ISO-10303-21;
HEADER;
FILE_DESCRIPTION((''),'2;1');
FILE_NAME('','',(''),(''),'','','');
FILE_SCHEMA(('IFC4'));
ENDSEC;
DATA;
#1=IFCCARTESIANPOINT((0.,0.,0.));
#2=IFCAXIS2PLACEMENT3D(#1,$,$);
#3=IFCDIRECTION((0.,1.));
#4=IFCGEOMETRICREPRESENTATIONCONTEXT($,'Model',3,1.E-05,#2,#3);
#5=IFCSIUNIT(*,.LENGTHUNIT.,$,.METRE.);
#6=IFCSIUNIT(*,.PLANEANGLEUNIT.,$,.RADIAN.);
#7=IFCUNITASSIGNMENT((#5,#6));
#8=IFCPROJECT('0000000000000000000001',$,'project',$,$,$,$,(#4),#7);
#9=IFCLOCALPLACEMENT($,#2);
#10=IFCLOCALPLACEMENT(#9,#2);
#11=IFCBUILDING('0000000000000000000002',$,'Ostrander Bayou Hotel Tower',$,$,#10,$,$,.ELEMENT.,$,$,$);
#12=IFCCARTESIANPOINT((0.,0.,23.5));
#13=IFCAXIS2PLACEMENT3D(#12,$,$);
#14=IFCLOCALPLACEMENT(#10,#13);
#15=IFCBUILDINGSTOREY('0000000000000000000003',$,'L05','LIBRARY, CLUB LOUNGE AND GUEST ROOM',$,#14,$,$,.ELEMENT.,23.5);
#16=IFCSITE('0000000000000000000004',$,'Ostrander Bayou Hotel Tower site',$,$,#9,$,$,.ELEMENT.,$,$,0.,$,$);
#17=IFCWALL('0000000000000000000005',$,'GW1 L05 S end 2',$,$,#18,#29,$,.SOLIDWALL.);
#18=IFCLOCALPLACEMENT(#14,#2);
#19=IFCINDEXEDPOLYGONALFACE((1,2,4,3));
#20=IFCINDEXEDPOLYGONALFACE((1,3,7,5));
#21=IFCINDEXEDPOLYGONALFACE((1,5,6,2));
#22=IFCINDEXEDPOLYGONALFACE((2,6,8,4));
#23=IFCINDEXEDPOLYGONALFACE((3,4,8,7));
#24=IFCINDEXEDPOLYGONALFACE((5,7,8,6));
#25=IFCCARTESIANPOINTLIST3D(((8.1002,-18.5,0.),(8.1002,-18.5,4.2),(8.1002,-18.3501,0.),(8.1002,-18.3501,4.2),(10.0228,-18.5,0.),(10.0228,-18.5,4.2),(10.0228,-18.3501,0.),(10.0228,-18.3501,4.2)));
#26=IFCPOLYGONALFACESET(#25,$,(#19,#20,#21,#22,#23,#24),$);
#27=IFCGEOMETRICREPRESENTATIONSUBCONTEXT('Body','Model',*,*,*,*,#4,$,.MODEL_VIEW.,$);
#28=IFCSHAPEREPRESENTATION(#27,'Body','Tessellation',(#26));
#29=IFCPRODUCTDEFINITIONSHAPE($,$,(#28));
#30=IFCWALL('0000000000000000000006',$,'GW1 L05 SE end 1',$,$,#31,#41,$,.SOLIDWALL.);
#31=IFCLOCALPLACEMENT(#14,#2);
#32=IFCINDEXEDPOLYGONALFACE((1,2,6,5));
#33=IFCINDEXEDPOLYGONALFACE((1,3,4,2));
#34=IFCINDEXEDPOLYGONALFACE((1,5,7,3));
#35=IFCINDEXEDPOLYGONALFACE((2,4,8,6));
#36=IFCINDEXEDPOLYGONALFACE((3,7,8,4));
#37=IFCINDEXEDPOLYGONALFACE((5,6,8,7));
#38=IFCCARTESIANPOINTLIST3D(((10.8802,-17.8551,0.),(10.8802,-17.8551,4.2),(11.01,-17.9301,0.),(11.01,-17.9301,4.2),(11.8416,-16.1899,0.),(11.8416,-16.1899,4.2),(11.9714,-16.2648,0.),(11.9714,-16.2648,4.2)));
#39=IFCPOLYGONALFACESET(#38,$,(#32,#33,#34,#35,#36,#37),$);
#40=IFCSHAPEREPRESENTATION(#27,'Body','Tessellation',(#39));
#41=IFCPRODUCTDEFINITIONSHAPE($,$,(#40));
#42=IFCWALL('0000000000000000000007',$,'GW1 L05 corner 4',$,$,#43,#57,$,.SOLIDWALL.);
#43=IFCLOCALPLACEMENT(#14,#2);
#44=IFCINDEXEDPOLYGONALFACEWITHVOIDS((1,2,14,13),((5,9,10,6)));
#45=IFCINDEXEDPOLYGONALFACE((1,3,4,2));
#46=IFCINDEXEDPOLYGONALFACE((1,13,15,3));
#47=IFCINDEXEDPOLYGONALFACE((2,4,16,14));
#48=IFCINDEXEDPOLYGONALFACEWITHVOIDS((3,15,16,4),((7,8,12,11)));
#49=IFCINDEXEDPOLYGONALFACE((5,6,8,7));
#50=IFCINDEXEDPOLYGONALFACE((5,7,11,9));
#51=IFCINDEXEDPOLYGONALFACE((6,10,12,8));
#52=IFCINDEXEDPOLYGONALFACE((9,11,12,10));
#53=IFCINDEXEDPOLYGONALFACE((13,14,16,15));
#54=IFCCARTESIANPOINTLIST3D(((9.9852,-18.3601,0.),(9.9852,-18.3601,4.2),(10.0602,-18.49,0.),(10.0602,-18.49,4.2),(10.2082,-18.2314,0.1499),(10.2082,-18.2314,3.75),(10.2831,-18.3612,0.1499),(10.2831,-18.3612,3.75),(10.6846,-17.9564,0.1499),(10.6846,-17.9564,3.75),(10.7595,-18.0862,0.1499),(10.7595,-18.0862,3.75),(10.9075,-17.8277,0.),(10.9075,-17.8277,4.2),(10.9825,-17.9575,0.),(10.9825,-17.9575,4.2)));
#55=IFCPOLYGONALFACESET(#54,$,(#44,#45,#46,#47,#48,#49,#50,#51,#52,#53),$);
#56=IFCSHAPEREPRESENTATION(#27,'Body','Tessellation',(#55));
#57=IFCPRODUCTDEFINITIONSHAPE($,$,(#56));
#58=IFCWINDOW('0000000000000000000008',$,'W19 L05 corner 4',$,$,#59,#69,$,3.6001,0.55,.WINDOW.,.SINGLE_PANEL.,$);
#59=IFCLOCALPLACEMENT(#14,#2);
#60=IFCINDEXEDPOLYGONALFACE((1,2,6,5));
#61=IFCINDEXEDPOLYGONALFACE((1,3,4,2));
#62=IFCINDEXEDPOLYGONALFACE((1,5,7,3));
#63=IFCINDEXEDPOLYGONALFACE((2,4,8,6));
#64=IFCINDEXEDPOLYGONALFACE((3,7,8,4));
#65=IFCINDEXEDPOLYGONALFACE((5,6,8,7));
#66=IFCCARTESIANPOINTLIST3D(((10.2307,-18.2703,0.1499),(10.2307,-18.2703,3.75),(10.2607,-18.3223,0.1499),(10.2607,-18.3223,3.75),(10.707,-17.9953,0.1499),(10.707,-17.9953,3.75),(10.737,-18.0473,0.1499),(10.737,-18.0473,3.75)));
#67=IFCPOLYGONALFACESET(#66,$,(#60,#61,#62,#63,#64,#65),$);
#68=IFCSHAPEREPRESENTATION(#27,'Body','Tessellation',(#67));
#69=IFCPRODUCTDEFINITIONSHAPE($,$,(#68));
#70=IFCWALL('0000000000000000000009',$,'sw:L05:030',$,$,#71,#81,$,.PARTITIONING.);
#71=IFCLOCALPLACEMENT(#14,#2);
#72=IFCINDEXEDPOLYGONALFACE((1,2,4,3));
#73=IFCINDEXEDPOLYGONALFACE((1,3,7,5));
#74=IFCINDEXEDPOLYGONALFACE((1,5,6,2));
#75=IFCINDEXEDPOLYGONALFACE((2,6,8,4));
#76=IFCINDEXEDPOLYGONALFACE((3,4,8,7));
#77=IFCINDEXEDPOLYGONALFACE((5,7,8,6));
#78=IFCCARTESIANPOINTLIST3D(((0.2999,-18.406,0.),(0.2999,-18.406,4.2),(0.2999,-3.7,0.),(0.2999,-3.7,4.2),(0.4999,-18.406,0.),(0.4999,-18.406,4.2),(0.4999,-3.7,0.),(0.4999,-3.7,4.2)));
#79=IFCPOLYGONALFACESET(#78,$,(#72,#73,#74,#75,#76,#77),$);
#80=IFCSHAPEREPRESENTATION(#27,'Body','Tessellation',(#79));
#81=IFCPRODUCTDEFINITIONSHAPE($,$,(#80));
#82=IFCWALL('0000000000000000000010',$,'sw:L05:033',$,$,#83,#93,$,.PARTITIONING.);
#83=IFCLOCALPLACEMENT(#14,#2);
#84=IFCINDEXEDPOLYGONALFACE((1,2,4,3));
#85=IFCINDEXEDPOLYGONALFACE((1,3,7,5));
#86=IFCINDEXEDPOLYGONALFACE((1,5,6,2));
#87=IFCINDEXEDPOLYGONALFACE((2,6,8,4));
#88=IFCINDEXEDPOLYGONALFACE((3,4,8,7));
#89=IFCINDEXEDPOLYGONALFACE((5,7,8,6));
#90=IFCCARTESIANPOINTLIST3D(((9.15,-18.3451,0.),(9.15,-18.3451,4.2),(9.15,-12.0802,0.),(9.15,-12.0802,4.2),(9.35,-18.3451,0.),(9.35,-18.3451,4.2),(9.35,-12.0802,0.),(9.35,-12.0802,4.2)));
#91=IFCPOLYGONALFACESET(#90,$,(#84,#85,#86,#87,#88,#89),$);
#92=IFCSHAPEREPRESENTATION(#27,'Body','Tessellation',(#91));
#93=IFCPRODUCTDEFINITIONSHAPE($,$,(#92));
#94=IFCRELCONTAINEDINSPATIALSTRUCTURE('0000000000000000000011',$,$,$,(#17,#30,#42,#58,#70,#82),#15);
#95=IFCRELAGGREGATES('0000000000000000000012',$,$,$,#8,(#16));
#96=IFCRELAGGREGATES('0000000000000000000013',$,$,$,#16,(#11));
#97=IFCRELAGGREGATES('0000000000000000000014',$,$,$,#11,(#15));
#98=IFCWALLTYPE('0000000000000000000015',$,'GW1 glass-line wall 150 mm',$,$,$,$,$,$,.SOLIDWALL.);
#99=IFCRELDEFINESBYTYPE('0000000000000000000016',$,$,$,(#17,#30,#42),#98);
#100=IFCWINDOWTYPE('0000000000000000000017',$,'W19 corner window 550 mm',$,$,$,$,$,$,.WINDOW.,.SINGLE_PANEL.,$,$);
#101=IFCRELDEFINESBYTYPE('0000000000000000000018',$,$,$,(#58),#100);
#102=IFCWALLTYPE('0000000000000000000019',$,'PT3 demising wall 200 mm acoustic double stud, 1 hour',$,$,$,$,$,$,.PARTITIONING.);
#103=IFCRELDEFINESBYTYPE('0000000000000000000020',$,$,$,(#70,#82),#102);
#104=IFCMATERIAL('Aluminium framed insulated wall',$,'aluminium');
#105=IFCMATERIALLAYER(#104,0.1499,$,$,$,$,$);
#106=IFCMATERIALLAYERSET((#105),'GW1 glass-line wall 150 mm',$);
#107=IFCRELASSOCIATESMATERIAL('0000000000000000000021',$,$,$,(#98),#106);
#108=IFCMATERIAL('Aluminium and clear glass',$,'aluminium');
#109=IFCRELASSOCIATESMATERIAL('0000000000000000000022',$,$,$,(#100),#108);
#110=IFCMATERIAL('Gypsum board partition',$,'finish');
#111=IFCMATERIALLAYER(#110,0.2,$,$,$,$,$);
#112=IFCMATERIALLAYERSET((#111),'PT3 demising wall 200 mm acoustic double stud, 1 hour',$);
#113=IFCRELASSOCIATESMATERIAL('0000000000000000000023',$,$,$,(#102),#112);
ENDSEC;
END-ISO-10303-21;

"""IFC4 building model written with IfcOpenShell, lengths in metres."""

from ifc_helpers import new_model, si_unit, direction, frame, frame_2d, origin, place, context, subcontext, project, spatial, rectangle, extrude, material, layer, layer_set, type_object, element, fill, save


model = new_model("IFC4")

# Units and contexts
model_context = context("Model", 3, precision=1e-05, world=origin(), true_north=direction((0.0, 1.0)))
body_context = subcontext(model_context, "Body", "Model", "MODEL_VIEW")
ifc_project = project(units=[si_unit("LENGTHUNIT", "METRE"), si_unit("PLANEANGLEUNIT", "RADIAN")], contexts=[model_context])

# Site, building, storey
site_placement = place(None, origin())
site = spatial("IfcSite", under=ifc_project, at=site_placement, Name="Ostrander Bayou Hotel Tower site", CompositionType="ELEMENT", RefElevation=0.0)
building_placement = place(site_placement, origin())
building = spatial("IfcBuilding", under=site, at=building_placement, Name="Ostrander Bayou Hotel Tower", CompositionType="ELEMENT")
storey_placement = place(building_placement, frame((0.0, 0.0, 23.5)))
storey = spatial("IfcBuildingStorey", under=building, at=storey_placement, Name="L05", Description="LIBRARY, CLUB LOUNGE AND GUEST ROOM", CompositionType="ELEMENT", Elevation=23.5)

# Walls
ifc_material_1 = material(Name="Aluminium framed insulated wall", Category="aluminium")
ifc_layer_1 = layer(ifc_material_1, 0.1499)
ifc_layer_set_1 = layer_set([ifc_layer_1], Name="GW1 glass-line wall 150 mm")
wall_type_1 = type_object("IfcWallType", Name="GW1 glass-line wall 150 mm", PredefinedType="SOLIDWALL", material=ifc_layer_set_1)
wall_1_placement = place(storey_placement, frame((8.1001, -18.425, 0.0), z_axis=(0.0, 0.0, 1.0), x_axis=(1.0, 0.0, 0.0)))
element("IfcWall", 1, at=wall_1_placement, inside=storey, type_object=wall_type_1, Name="GW1 L05 S end 2", PredefinedType="SOLIDWALL", context=body_context, shape_type="SweptSolid", body=[
    extrude(rectangle(XDim=1.9226, YDim=0.1499, at=frame_2d((0.9614, 0.0))), origin(), (0.0, 0.0, 1.0), 4.2),
])
wall_2_placement = place(storey_placement, frame((10.9451, -17.8926, 0.0), z_axis=(0.0, 0.0, 1.0), x_axis=(0.49999, 0.866031, 0.0)))
element("IfcWall", 2, at=wall_2_placement, inside=storey, type_object=wall_type_1, Name="GW1 L05 SE end 1", PredefinedType="SOLIDWALL", context=body_context, shape_type="SweptSolid", body=[
    extrude(rectangle(XDim=1.9229, YDim=0.1499, at=frame_2d((0.9614, 0.0))), origin(), (0.0, 0.0, 1.0), 4.2),
])

# Wall, opening, window
wall_3_placement = place(storey_placement, frame((10.0227, -18.425, 0.0), z_axis=(0.0, 0.0, 1.0), x_axis=(0.866048, 0.499961, 0.0)))
wall_3 = element("IfcWall", 3, at=wall_3_placement, inside=storey, type_object=wall_type_1, Name="GW1 L05 corner 4", PredefinedType="SOLIDWALL", context=body_context, shape_type="SweptSolid", body=[
    extrude(rectangle(XDim=1.0649, YDim=0.1499, at=frame_2d((0.5325, 0.0))), origin(), (0.0, 0.0, 1.0), 4.2),
])
opening_1_placement = place(wall_3_placement, frame((0.2576, 0.0, 0.1499)))
opening_1 = element("IfcOpeningElement", 4, at=opening_1_placement, cuts=wall_3, PredefinedType="OPENING", context=body_context, shape_type="SweptSolid", body=[
    extrude(rectangle(XDim=0.55, YDim=3.6001, at=frame_2d((0.2749, 1.8))), frame((0.0, 0.075, 0.0), z_axis=(0.0, -1.0, 0.0), x_axis=(1.0, 0.0, 0.0)), (0.0, 0.0, 1.0), 0.1499),
])
ifc_material_2 = material(Name="Aluminium and clear glass", Category="aluminium")
window_type = type_object("IfcWindowType", Name="W19 corner window 550 mm", PartitioningType="SINGLE_PANEL", PredefinedType="WINDOW", material=ifc_material_2)
window_placement = place(opening_1_placement, origin())
window = element("IfcWindow", 5, at=window_placement, inside=storey, type_object=window_type, Name="W19 L05 corner 4", OverallHeight=3.6001, OverallWidth=0.55, PartitioningType="SINGLE_PANEL", PredefinedType="WINDOW", context=body_context, shape_type="SweptSolid", body=[
    extrude(rectangle(XDim=0.55, YDim=3.6001, at=frame_2d((0.2749, 1.8))), frame((0.0, 0.03, 0.0), z_axis=(0.0, -1.0, 0.0), x_axis=(1.0, 0.0, 0.0)), (0.0, 0.0, 1.0), 0.0601),
])
fill(opening_1, window)

# Wall
ifc_material_3 = material(Name="Gypsum board partition", Category="finish")
ifc_layer_2 = layer(ifc_material_3, 0.2)
ifc_layer_set_2 = layer_set([ifc_layer_2], Name="PT3 demising wall 200 mm acoustic double stud, 1 hour")
wall_type_2 = type_object("IfcWallType", Name="PT3 demising wall 200 mm acoustic double stud, 1 hour", PredefinedType="PARTITIONING", material=ifc_layer_set_2)
wall_4_placement = place(storey_placement, frame((0.3999, -18.406, 0.0), z_axis=(0.0, 0.0, 1.0), x_axis=(0.0, 1.0, 0.0)))
element("IfcWall", 6, at=wall_4_placement, inside=storey, type_object=wall_type_2, Name="sw:L05:030", PredefinedType="PARTITIONING", context=body_context, shape_type="SweptSolid", body=[
    extrude(rectangle(XDim=14.7061, YDim=0.2, at=frame_2d((7.353, 0.0))), origin(), (0.0, 0.0, 1.0), 4.2),
])

# Wall
wall_5_placement = place(storey_placement, frame((9.25, -18.345, 0.0), z_axis=(0.0, 0.0, 1.0), x_axis=(0.0, 1.0, 0.0)))
element("IfcWall", 7, at=wall_5_placement, inside=storey, type_object=wall_type_2, Name="sw:L05:033", PredefinedType="PARTITIONING", context=body_context, shape_type="SweptSolid", body=[
    extrude(rectangle(XDim=6.2649, YDim=0.2, at=frame_2d((3.1323, 0.0))), origin(), (0.0, 0.0, 1.0), 4.2),
])

save(model, "model.ifc")
